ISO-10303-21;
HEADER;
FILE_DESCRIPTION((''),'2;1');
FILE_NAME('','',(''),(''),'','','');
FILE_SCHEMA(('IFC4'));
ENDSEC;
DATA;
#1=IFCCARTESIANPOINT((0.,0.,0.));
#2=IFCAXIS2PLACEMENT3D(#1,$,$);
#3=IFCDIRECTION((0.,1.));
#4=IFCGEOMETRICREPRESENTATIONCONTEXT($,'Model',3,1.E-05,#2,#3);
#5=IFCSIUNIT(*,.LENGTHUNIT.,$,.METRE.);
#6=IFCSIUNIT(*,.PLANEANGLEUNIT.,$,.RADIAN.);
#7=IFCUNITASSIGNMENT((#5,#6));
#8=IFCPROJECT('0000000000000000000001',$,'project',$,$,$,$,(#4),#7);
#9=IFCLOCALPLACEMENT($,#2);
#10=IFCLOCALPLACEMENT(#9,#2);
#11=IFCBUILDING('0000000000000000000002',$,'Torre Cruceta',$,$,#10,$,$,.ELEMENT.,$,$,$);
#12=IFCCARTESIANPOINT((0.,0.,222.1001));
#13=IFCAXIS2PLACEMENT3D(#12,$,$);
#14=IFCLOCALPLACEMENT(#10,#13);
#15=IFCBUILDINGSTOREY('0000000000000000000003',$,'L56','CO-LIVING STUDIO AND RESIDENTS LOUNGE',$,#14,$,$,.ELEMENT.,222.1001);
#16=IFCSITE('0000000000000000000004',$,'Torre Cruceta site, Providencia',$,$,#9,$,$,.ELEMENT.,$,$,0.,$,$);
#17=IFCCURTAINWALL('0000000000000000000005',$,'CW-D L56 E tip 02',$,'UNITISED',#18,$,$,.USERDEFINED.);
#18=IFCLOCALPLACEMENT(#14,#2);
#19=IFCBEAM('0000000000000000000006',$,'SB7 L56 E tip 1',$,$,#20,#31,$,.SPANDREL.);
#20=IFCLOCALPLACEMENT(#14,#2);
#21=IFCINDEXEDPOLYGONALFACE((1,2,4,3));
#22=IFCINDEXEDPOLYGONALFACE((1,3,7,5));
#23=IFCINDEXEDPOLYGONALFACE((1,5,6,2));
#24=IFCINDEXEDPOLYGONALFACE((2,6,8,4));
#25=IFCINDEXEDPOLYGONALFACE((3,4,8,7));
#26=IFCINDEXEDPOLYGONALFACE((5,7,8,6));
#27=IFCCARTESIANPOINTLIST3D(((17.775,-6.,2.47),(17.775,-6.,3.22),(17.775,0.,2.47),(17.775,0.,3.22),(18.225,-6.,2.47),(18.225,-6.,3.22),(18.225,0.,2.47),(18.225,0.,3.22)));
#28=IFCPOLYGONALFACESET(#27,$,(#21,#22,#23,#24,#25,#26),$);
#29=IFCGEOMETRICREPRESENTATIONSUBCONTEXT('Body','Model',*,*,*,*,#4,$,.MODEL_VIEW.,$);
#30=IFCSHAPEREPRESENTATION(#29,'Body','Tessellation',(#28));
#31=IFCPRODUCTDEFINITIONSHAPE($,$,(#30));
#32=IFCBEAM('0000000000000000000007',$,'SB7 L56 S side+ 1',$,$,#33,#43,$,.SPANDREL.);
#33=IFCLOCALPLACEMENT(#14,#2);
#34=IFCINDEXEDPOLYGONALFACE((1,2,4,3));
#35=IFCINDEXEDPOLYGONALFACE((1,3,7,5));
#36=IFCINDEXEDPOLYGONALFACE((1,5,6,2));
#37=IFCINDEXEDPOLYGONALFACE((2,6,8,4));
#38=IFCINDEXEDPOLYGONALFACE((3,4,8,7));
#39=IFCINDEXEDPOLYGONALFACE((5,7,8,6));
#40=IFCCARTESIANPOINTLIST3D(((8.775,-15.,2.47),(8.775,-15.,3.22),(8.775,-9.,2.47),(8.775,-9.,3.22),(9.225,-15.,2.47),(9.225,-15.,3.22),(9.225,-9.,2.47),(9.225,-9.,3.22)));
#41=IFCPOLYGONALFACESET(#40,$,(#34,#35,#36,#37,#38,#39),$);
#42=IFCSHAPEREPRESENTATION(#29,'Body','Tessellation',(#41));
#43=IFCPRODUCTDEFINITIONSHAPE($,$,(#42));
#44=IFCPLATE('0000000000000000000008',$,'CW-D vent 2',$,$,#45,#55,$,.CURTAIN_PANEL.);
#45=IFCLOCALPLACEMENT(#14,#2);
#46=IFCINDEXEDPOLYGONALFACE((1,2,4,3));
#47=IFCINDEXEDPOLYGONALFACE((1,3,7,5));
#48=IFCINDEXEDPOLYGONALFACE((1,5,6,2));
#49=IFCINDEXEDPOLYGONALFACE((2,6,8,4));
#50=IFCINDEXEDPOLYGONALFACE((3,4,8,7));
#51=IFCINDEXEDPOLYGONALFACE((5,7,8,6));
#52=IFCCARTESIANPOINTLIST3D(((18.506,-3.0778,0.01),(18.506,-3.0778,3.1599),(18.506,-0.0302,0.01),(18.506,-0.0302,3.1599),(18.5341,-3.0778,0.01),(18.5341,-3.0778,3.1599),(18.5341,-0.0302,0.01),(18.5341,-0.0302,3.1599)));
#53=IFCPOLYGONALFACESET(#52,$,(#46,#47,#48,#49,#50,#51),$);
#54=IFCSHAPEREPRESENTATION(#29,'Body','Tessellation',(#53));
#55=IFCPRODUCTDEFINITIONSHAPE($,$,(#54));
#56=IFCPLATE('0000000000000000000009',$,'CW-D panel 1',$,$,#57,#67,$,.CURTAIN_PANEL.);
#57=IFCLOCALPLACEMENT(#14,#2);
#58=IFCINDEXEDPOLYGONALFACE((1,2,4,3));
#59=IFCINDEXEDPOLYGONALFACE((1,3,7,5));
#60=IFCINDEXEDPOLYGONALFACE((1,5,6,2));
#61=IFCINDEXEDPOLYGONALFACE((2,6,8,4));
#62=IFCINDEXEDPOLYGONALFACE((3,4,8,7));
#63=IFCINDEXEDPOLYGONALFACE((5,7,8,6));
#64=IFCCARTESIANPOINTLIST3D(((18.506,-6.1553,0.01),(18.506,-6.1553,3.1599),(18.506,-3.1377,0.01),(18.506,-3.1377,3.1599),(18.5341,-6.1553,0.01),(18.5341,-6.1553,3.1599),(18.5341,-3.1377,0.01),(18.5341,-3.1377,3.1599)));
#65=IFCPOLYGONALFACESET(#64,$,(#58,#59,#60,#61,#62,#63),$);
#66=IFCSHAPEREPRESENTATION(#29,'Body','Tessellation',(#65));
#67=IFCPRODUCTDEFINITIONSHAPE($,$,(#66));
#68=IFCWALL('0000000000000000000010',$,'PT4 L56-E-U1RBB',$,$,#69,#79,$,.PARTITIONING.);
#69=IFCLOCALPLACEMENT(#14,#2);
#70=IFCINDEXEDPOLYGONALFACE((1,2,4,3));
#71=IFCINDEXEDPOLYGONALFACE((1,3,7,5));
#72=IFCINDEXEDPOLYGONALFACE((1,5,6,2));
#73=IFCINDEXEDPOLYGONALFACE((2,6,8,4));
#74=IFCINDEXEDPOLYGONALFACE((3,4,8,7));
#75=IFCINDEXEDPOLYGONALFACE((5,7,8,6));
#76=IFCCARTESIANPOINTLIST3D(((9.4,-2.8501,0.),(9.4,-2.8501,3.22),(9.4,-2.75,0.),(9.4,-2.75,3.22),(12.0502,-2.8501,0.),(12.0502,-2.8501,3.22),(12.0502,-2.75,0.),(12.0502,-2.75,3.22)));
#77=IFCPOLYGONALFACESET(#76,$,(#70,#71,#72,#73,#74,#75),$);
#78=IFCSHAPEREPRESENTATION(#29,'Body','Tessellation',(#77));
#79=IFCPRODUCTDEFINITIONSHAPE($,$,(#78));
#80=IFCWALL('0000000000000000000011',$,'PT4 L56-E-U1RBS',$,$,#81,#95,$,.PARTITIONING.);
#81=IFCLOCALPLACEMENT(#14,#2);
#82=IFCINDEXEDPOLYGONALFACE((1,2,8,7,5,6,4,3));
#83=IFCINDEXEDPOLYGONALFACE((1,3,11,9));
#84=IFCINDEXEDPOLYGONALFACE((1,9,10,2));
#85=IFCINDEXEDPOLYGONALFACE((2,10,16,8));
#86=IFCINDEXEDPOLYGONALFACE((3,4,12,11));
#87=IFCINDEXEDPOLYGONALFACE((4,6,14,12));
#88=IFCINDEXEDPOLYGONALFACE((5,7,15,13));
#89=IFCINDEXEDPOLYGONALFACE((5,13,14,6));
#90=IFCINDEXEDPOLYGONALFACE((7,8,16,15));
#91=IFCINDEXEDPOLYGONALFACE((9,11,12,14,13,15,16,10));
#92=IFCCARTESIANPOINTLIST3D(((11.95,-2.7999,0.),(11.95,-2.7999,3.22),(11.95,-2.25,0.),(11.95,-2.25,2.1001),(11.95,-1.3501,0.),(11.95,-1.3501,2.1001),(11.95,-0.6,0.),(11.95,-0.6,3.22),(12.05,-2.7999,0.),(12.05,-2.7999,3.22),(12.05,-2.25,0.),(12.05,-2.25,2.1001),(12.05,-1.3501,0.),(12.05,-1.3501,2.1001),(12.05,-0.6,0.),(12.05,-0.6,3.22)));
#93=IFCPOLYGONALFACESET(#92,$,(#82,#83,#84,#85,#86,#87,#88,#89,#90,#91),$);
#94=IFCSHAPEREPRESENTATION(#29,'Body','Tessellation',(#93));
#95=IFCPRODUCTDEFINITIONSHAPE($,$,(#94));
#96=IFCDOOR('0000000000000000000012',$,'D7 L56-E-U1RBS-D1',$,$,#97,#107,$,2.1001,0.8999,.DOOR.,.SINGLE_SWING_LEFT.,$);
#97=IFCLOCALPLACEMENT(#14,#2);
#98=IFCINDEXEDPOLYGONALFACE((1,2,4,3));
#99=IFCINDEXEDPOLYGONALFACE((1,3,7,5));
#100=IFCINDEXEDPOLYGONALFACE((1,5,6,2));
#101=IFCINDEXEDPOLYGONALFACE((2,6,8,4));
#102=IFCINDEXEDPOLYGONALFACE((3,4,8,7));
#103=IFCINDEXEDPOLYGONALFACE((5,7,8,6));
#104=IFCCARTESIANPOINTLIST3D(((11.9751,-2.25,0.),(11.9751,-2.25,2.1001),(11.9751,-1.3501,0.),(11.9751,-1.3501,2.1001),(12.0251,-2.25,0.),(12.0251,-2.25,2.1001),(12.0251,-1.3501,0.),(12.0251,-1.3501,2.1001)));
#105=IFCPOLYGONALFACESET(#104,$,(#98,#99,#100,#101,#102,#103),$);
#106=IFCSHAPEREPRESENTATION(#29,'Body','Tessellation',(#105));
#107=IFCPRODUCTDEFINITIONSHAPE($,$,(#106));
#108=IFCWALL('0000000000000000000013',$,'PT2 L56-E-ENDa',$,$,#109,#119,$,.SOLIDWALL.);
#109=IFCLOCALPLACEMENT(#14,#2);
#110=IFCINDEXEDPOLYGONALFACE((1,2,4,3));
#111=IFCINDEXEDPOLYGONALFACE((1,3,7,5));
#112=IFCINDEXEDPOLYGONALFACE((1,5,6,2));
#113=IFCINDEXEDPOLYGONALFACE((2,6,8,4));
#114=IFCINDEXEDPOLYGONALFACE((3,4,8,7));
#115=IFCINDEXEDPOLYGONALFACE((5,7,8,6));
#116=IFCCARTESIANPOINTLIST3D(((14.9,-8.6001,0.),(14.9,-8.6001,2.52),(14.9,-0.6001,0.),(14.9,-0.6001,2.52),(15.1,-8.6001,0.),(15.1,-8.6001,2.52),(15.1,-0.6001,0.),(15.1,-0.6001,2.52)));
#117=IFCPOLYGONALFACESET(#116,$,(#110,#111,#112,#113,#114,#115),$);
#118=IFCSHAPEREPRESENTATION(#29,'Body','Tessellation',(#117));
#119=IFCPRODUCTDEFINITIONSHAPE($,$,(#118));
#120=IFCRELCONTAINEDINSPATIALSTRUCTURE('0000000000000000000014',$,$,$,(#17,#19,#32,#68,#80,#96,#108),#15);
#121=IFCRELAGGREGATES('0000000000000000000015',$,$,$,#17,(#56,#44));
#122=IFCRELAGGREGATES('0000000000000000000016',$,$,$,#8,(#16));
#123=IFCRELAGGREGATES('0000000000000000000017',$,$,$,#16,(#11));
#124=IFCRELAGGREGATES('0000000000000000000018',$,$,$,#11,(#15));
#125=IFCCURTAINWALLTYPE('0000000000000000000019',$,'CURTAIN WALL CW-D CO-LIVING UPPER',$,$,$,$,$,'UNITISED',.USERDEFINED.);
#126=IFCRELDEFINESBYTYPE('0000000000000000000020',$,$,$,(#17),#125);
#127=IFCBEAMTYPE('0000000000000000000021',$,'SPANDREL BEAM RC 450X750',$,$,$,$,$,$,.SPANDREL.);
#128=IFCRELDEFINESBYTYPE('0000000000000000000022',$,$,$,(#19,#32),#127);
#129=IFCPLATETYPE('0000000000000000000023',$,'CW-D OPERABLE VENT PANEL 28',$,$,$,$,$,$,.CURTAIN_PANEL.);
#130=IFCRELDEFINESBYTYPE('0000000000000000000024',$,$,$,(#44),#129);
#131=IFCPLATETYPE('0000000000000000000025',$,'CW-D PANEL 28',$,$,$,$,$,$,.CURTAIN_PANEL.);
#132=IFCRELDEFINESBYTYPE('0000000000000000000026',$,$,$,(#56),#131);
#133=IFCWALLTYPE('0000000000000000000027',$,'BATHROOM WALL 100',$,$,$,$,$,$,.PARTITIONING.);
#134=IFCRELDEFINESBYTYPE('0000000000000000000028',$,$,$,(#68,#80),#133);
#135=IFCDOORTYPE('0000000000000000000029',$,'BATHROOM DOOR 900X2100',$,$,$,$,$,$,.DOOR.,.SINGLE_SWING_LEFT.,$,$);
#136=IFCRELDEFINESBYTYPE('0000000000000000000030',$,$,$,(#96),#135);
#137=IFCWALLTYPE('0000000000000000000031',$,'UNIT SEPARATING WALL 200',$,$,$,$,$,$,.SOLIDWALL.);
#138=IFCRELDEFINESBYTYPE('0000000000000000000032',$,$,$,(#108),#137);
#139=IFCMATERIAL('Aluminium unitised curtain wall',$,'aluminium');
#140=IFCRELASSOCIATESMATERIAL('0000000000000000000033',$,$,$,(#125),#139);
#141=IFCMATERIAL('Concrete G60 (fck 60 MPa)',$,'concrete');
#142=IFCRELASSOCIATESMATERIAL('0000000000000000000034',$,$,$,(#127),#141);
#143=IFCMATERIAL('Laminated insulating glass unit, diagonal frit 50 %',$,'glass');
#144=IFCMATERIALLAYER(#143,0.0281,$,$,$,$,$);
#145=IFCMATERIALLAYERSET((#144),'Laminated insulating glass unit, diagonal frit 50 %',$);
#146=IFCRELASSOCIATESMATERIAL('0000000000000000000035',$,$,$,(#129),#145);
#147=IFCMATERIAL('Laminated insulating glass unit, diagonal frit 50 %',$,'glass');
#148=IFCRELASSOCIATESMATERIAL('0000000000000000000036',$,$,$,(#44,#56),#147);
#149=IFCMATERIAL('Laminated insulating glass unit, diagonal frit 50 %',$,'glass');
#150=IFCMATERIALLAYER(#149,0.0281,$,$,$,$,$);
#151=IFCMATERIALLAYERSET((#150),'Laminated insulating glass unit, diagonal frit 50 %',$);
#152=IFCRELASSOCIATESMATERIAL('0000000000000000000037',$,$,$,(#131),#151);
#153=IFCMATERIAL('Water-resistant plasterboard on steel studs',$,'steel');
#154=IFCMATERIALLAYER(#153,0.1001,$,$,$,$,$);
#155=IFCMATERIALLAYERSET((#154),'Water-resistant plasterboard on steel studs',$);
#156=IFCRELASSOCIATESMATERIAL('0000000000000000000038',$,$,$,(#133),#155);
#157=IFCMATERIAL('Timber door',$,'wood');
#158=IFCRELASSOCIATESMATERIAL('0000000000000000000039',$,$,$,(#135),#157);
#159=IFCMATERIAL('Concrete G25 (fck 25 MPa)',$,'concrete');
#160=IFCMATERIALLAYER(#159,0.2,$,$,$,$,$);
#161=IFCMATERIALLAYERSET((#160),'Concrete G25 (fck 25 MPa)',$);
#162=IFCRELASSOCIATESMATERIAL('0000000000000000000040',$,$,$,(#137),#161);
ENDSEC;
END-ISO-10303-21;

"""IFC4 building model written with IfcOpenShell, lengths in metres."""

from ifc_helpers import new_model, si_unit, direction, frame, frame_2d, origin, origin_2d, place, context, subcontext, project, spatial, rectangle, extrude, material, layer, layer_set, material_profile, profile_set, type_object, element, fill, aggregate, save


model = new_model("IFC4")

# Units and contexts
model_context = context("Model", 3, precision=1e-05, world=origin(), true_north=direction((0.0, 1.0)))
body_context = subcontext(model_context, "Body", "Model", "MODEL_VIEW")
ifc_project = project(units=[si_unit("LENGTHUNIT", "METRE"), si_unit("PLANEANGLEUNIT", "RADIAN")], contexts=[model_context])

# Site, building, storey
site_placement = place(None, origin())
site = spatial("IfcSite", under=ifc_project, at=site_placement, Name="Torre Cruceta site, Providencia", CompositionType="ELEMENT", RefElevation=0.0)
building_placement = place(site_placement, origin())
building = spatial("IfcBuilding", under=site, at=building_placement, Name="Torre Cruceta", CompositionType="ELEMENT")
storey_placement = place(building_placement, frame((0.0, 0.0, 222.1001)))
storey = spatial("IfcBuildingStorey", under=building, at=storey_placement, Name="L56", Description="CO-LIVING STUDIO AND RESIDENTS LOUNGE", CompositionType="ELEMENT", Elevation=222.1001)

# Curtain wall
ifc_material_1 = material(Name="Aluminium unitised curtain wall", Category="aluminium")
curtain_wall_type = type_object("IfcCurtainWallType", Name="CURTAIN WALL CW-D CO-LIVING UPPER", ElementType="UNITISED", PredefinedType="USERDEFINED", material=ifc_material_1)
curtain_wall_placement = place(storey_placement, origin())
curtain_wall = element("IfcCurtainWall", 1, at=curtain_wall_placement, inside=storey, type_object=curtain_wall_type, Name="CW-D L56 E tip 02", ObjectType="UNITISED", PredefinedType="USERDEFINED")

# Beams
ifc_material_2 = material(Name="Concrete G60 (fck 60 MPa)", Category="concrete")
ifc_material_profile_1 = material_profile(ifc_material_2, rectangle(XDim=0.45, YDim=0.75, at=origin_2d()), Name="RC 450X750")
ifc_profile_set_1 = profile_set([ifc_material_profile_1], Name="Concrete G60 (fck 60 MPa)")
beam_type_1 = type_object("IfcBeamType", Name="SPANDREL BEAM RC 450X750", PredefinedType="SPANDREL", material=ifc_profile_set_1)
for number, where, z_axis, x_axis, name in (
    (2, (18.0, -6.0, 2.845), (0.0, 1.0, 0.0), (-1.0, 0.0, 0.0), "SB7 L56 E tip 1"),
    (3, (9.0, -9.0, 2.845), (0.0, -1.0, 0.0), (1.0, 0.0, 0.0), "SB7 L56 S side+ 1"),
):
    element("IfcBeam", number, at=place(storey_placement, frame(where, z_axis=z_axis, x_axis=x_axis)), inside=storey, type_object=beam_type_1, Name=name, PredefinedType="SPANDREL", context=body_context, shape_type="SweptSolid", body=[
        extrude(rectangle(XDim=0.45, YDim=0.75, at=origin_2d()), origin(), (0.0, 0.0, 1.0), 6.0),
    ])

# Plates
ifc_material_3 = material(Name="Laminated insulating glass unit, diagonal frit 50 %", Category="glass")
ifc_material_4 = material(Name="Laminated insulating glass unit, diagonal frit 50 %", Category="glass")
ifc_layer_1 = layer(ifc_material_4, 0.0281)
ifc_layer_set_1 = layer_set([ifc_layer_1], Name="Laminated insulating glass unit, diagonal frit 50 %")
plate_type_1 = type_object("IfcPlateType", Name="CW-D OPERABLE VENT PANEL 28", PredefinedType="CURTAIN_PANEL", material=ifc_layer_set_1)
plate_1_placement = place(storey_placement, frame((18.52, -1.554, 0.01), z_axis=(0.0, 0.0, 1.0), x_axis=(0.0, 1.0, 0.0)))
plate_1 = element("IfcPlate", 4, at=plate_1_placement, type_object=plate_type_1, material=ifc_material_3, Name="CW-D vent 2", PredefinedType="CURTAIN_PANEL", context=body_context, shape_type="SweptSolid", body=[
    extrude(rectangle(XDim=3.0476, YDim=0.0281, at=origin_2d()), origin(), (0.0, 0.0, 1.0), 3.1499),
])
ifc_material_5 = material(Name="Laminated insulating glass unit, diagonal frit 50 %", Category="glass")
ifc_layer_2 = layer(ifc_material_5, 0.0281)
ifc_layer_set_2 = layer_set([ifc_layer_2], Name="Laminated insulating glass unit, diagonal frit 50 %")
plate_type_2 = type_object("IfcPlateType", Name="CW-D PANEL 28", PredefinedType="CURTAIN_PANEL", material=ifc_layer_set_2)
plate_2_placement = place(storey_placement, frame((18.52, -4.6465, 0.01), z_axis=(0.0, 0.0, 1.0), x_axis=(0.0, 1.0, 0.0)))
plate_2 = element("IfcPlate", 5, at=plate_2_placement, type_object=plate_type_2, material=ifc_material_3, Name="CW-D panel 1", PredefinedType="CURTAIN_PANEL", context=body_context, shape_type="SweptSolid", body=[
    extrude(rectangle(XDim=3.0176, YDim=0.0281, at=origin_2d()), origin(), (0.0, 0.0, 1.0), 3.1499),
])
aggregate(curtain_wall, [plate_2, plate_1])

# Wall
ifc_material_6 = material(Name="Water-resistant plasterboard on steel studs", Category="steel")
ifc_layer_3 = layer(ifc_material_6, 0.1001)
ifc_layer_set_3 = layer_set([ifc_layer_3], Name="Water-resistant plasterboard on steel studs")
wall_type_1 = type_object("IfcWallType", Name="BATHROOM WALL 100", PredefinedType="PARTITIONING", material=ifc_layer_set_3)
wall_1_placement = place(storey_placement, frame((9.3999, -2.8, 0.0), z_axis=(0.0, 0.0, 1.0), x_axis=(1.0, 0.0, 0.0)))
element("IfcWall", 6, at=wall_1_placement, inside=storey, type_object=wall_type_1, Name="PT4 L56-E-U1RBB", PredefinedType="PARTITIONING", context=body_context, shape_type="SweptSolid", body=[
    extrude(rectangle(XDim=2.6501, YDim=0.1001, at=frame_2d((1.3252, 0.0))), origin(), (0.0, 0.0, 1.0), 3.22),
])

# Wall, opening, door
wall_2_placement = place(storey_placement, frame((12.0, -2.8, 0.0), z_axis=(0.0, 0.0, 1.0), x_axis=(0.0, 1.0, 0.0)))
wall_2 = element("IfcWall", 7, at=wall_2_placement, inside=storey, type_object=wall_type_1, Name="PT4 L56-E-U1RBS", PredefinedType="PARTITIONING", context=body_context, shape_type="SweptSolid", body=[
    extrude(rectangle(XDim=2.2, YDim=0.1001, at=frame_2d((1.1001, 0.0))), origin(), (0.0, 0.0, 1.0), 3.22),
])
opening_placement = place(wall_2_placement, frame((0.55, 0.0, 0.0)))
opening = element("IfcOpeningElement", 8, at=opening_placement, cuts=wall_2, PredefinedType="OPENING", context=body_context, shape_type="SweptSolid", body=[
    extrude(rectangle(XDim=0.8999, YDim=2.1001, at=frame_2d((0.45, 1.05))), frame((0.0, 0.0601, 0.0), z_axis=(0.0, -1.0, 0.0), x_axis=(1.0, 0.0, 0.0)), (0.0, 0.0, 1.0), 0.1201),
])
ifc_material_7 = material(Name="Timber door", Category="wood")
door_type = type_object("IfcDoorType", Name="BATHROOM DOOR 900X2100", OperationType="SINGLE_SWING_LEFT", PredefinedType="DOOR", material=ifc_material_7)
door_placement = place(opening_placement, origin())
door = element("IfcDoor", 9, at=door_placement, inside=storey, type_object=door_type, Name="D7 L56-E-U1RBS-D1", OperationType="SINGLE_SWING_LEFT", OverallHeight=2.1001, OverallWidth=0.8999, PredefinedType="DOOR", context=body_context, shape_type="SweptSolid", body=[
    extrude(rectangle(XDim=0.8999, YDim=2.1001, at=frame_2d((0.45, 1.05))), frame((0.0, 0.0249, 0.0), z_axis=(0.0, -1.0, 0.0), x_axis=(1.0, 0.0, 0.0)), (0.0, 0.0, 1.0), 0.05),
])
fill(opening, door)

# Wall
ifc_material_8 = material(Name="Concrete G25 (fck 25 MPa)", Category="concrete")
ifc_layer_4 = layer(ifc_material_8, 0.2)
ifc_layer_set_4 = layer_set([ifc_layer_4], Name="Concrete G25 (fck 25 MPa)")
wall_type_2 = type_object("IfcWallType", Name="UNIT SEPARATING WALL 200", PredefinedType="SOLIDWALL", material=ifc_layer_set_4)
wall_3_placement = place(storey_placement, frame((15.0, -8.6001, 0.0), z_axis=(0.0, 0.0, 1.0), x_axis=(0.0, 1.0, 0.0)))
element("IfcWall", 10, at=wall_3_placement, inside=storey, type_object=wall_type_2, Name="PT2 L56-E-ENDa", PredefinedType="SOLIDWALL", context=body_context, shape_type="SweptSolid", body=[
    extrude(rectangle(XDim=8.0, YDim=0.2, at=frame_2d((4.0, 0.0))), origin(), (0.0, 0.0, 1.0), 2.52),
])

save(model, "model.ifc")
